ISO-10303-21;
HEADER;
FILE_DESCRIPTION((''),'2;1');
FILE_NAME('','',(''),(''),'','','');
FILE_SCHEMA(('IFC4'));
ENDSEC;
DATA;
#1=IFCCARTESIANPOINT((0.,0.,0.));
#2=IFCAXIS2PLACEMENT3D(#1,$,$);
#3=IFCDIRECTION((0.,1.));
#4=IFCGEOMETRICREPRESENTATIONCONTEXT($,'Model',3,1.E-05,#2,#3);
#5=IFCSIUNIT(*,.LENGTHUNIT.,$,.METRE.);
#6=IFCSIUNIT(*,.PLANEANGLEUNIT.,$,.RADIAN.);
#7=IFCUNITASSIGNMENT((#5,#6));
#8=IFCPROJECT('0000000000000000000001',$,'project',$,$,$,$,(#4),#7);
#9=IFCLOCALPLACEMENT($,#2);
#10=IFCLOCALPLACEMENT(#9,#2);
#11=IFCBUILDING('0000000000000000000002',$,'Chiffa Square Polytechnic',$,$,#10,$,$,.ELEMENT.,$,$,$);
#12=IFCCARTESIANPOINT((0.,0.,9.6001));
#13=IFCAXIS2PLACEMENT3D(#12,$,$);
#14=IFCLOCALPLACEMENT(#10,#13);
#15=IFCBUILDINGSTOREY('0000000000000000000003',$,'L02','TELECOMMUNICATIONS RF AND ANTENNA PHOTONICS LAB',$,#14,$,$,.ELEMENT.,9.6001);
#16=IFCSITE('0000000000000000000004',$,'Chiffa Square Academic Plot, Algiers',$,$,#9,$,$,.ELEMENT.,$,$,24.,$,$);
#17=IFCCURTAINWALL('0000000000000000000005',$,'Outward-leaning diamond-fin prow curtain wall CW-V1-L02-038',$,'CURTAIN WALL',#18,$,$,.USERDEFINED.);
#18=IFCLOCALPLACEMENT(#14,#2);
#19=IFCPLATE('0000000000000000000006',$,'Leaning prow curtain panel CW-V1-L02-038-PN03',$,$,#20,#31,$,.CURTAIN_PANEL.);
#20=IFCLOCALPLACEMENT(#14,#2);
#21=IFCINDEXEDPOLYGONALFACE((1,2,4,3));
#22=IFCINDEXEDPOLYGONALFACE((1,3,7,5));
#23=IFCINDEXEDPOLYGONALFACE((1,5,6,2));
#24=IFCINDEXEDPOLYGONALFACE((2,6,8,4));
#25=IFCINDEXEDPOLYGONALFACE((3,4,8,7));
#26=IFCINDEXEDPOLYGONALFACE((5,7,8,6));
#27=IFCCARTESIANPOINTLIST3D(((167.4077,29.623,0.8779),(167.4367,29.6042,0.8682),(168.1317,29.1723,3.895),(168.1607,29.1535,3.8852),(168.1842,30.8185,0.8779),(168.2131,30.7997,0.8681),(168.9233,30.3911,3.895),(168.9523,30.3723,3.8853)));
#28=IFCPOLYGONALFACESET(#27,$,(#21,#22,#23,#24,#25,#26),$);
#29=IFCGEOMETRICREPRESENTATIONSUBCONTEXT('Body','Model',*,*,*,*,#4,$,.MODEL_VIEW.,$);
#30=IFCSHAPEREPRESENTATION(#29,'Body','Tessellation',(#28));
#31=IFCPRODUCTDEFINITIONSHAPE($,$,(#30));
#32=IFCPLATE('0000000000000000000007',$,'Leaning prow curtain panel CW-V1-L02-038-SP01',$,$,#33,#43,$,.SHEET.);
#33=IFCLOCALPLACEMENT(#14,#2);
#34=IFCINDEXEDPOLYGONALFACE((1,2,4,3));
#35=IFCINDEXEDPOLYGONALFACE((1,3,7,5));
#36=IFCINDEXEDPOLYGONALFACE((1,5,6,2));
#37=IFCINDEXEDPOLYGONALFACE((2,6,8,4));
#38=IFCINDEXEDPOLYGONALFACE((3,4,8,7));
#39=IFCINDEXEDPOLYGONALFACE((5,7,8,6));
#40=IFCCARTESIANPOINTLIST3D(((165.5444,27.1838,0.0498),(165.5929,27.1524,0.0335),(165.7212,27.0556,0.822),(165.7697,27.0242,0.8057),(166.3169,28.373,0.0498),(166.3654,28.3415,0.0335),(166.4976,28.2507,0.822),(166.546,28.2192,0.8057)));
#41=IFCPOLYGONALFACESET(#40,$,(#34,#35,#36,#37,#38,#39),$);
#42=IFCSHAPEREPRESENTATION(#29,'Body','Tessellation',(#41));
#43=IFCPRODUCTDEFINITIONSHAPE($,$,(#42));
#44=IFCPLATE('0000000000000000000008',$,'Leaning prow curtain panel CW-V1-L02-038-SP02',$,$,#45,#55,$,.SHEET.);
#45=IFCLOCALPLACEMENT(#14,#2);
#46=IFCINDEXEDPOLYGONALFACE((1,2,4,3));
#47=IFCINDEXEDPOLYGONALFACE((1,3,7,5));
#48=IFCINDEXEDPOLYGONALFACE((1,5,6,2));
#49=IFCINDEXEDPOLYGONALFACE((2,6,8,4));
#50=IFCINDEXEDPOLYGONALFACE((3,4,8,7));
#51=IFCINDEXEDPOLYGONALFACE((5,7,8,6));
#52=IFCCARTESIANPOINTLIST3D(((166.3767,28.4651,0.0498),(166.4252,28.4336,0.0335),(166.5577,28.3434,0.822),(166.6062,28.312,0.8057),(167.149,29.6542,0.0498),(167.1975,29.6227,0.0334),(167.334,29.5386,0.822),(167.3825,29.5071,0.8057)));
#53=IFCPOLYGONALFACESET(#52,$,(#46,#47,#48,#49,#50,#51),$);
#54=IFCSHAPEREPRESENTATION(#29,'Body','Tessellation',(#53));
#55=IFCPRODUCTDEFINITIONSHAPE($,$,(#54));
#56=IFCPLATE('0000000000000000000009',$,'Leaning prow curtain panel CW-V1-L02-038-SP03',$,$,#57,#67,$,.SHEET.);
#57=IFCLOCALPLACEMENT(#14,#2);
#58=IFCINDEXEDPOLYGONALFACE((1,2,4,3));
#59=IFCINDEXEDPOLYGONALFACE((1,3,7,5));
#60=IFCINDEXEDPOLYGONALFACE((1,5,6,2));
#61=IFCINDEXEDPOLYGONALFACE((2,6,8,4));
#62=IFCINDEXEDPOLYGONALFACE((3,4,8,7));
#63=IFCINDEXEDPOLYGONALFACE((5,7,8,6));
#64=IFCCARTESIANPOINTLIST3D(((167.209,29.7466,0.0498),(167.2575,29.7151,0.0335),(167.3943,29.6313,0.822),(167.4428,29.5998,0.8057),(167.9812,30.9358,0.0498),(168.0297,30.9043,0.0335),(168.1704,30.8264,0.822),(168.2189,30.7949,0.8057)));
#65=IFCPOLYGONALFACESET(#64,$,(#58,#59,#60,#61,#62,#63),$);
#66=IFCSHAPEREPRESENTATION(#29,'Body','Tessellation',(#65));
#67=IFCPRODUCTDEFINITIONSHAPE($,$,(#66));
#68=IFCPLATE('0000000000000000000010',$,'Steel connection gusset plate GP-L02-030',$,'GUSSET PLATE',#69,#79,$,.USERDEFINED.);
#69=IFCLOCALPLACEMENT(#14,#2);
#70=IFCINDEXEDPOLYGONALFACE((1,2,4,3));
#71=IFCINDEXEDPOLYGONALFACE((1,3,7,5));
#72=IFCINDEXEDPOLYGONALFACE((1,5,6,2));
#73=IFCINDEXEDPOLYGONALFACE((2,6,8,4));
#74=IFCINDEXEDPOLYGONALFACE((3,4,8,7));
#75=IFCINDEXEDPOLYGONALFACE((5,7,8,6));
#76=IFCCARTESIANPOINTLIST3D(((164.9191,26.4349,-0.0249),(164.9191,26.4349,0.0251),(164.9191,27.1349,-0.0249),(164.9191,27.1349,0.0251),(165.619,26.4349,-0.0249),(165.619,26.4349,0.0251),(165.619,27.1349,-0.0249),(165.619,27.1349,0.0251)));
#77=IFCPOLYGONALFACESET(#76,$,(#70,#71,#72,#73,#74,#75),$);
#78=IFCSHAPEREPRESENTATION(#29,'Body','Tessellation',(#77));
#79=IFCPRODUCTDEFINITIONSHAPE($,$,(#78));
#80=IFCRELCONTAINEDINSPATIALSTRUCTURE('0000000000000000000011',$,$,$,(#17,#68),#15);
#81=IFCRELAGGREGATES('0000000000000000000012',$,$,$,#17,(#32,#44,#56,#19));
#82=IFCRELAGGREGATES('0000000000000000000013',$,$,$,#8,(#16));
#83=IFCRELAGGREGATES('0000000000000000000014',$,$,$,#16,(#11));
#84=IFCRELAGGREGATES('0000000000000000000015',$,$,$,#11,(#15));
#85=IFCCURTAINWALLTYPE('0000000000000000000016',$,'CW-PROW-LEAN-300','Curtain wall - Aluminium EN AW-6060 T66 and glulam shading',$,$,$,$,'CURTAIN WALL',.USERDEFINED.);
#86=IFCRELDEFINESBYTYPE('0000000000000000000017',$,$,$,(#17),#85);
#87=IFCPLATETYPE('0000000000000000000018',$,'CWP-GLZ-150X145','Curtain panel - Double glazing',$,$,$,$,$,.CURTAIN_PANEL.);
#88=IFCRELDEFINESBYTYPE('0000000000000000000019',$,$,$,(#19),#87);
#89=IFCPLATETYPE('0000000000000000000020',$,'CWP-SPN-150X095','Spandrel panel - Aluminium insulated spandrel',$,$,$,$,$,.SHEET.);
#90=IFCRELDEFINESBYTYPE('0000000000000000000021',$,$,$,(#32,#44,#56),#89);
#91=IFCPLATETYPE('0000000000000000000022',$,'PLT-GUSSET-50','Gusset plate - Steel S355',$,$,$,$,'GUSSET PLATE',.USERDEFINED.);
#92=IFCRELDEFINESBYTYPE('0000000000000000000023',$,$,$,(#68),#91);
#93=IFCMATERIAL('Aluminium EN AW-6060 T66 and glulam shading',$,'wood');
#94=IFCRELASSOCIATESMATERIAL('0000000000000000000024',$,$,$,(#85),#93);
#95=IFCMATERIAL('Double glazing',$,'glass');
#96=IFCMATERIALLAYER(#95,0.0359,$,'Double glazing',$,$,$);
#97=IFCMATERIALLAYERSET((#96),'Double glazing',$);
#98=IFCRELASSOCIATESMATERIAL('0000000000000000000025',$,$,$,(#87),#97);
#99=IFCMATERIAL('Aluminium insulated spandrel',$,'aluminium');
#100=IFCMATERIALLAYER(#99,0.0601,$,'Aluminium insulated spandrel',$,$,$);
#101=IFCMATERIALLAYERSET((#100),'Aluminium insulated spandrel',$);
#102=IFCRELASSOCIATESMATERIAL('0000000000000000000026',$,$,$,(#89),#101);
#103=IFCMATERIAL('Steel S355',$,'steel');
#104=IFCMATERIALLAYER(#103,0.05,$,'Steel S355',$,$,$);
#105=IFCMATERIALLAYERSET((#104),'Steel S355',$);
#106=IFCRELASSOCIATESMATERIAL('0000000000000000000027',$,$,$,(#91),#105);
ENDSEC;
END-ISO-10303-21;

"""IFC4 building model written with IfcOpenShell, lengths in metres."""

from ifc_helpers import new_model, si_unit, direction, frame, origin, origin_2d, place, context, subcontext, project, spatial, polyline, rectangle, outline, extrude, material, layer, layer_set, type_object, element, aggregate, save


model = new_model("IFC4")

# Units and contexts
model_context = context("Model", 3, precision=1e-05, world=origin(), true_north=direction((0.0, 1.0)))
body_context = subcontext(model_context, "Body", "Model", "MODEL_VIEW")
ifc_project = project(units=[si_unit("LENGTHUNIT", "METRE"), si_unit("PLANEANGLEUNIT", "RADIAN")], contexts=[model_context])

# Site, building, storey
site_placement = place(None, origin())
site = spatial("IfcSite", under=ifc_project, at=site_placement, Name="Chiffa Square Academic Plot, Algiers", CompositionType="ELEMENT", RefElevation=24.0)
building_placement = place(site_placement, origin())
building = spatial("IfcBuilding", under=site, at=building_placement, Name="Chiffa Square Polytechnic", CompositionType="ELEMENT")
storey_placement = place(building_placement, frame((0.0, 0.0, 9.6001)))
storey = spatial("IfcBuildingStorey", under=building, at=storey_placement, Name="L02", Description="TELECOMMUNICATIONS RF AND ANTENNA PHOTONICS LAB", CompositionType="ELEMENT", Elevation=9.6001)

# Shared definitions
ifc_material_1 = material(Name="Aluminium EN AW-6060 T66 and glulam shading", Category="wood")

# Curtain wall
curtain_wall_type_1 = type_object("IfcCurtainWallType", Name="CW-PROW-LEAN-300", Description="Curtain wall - Aluminium EN AW-6060 T66 and glulam shading", ElementType="CURTAIN WALL", PredefinedType="USERDEFINED", material=ifc_material_1)
curtain_wall_1_placement = place(storey_placement, origin())
curtain_wall_1 = element("IfcCurtainWall", 1, at=curtain_wall_1_placement, inside=storey, type_object=curtain_wall_type_1, Name="Outward-leaning diamond-fin prow curtain wall CW-V1-L02-038", ObjectType="CURTAIN WALL", PredefinedType="USERDEFINED")

# Shared definitions
ifc_material_2 = material(Name="Steel S355", Category="steel")

# Plates
ifc_material_3 = material(Name="Double glazing", Category="glass")
ifc_layer_1 = layer(ifc_material_3, 0.0359, Name="Double glazing")
ifc_layer_set_1 = layer_set([ifc_layer_1], Name="Double glazing")
plate_type_1 = type_object("IfcPlateType", Name="CWP-GLZ-150X145", Description="Curtain panel - Double glazing", PredefinedType="CURTAIN_PANEL", material=ifc_layer_set_1)
plate_1_placement = place(storey_placement, frame((167.4077, 29.623, 0.8779), z_axis=(-0.807021, 0.524168, 0.271966), x_axis=(0.544693, 0.838635, -0.000024)))
plate_1 = element("IfcPlate", 2, at=plate_1_placement, type_object=plate_type_1, Name="Leaning prow curtain panel CW-V1-L02-038-PN03", PredefinedType="CURTAIN_PANEL", context=body_context, shape_type="SweptSolid", body=[
    extrude(outline(polyline([(0.0, 0.0), (1.4255, 0.0), (1.4696, -3.1353), (0.0163, -3.1352), (0.0, 0.0)])), origin(), (0.0, 0.0, -1.0), 0.0359),
])
ifc_material_4 = material(Name="Aluminium insulated spandrel", Category="aluminium")
ifc_layer_2 = layer(ifc_material_4, 0.0601, Name="Aluminium insulated spandrel")
ifc_layer_set_2 = layer_set([ifc_layer_2], Name="Aluminium insulated spandrel")
plate_type_2 = type_object("IfcPlateType", Name="CWP-SPN-150X095", Description="Spandrel panel - Aluminium insulated spandrel", PredefinedType="SHEET", material=ifc_layer_set_2)
plate_2_placement = place(storey_placement, frame((165.5444, 27.1838, 0.0498), z_axis=(-0.807028, 0.524246, 0.271793), x_axis=(0.544751, 0.838598, -0.000008)))
plate_2 = element("IfcPlate", 3, at=plate_2_placement, type_object=plate_type_2, Name="Leaning prow curtain panel CW-V1-L02-038-SP01", PredefinedType="SHEET", context=body_context, shape_type="SweptSolid", body=[
    extrude(outline(polyline([(0.0, 0.0), (1.4181, 0.0), (1.4139, -0.8024), (-0.0112, -0.8024), (0.0, 0.0)])), origin(), (0.0, 0.0, -1.0), 0.0601),
])
plate_3_placement = place(storey_placement, frame((166.3767, 28.4651, 0.0498), z_axis=(-0.807068, 0.524189, 0.271784), x_axis=(0.544686, 0.83864, -0.000027)))
plate_3 = element("IfcPlate", 4, at=plate_3_placement, type_object=plate_type_2, Name="Leaning prow curtain panel CW-V1-L02-038-SP02", PredefinedType="SHEET", context=body_context, shape_type="SweptSolid", body=[
    extrude(outline(polyline([(0.0, 0.0), (1.4179, 0.0), (1.4217, -0.8025), (-0.0034, -0.8024), (0.0, 0.0)])), origin(), (0.0, 0.0, -1.0), 0.0601),
])
plate_4_placement = place(storey_placement, frame((167.209, 29.7466, 0.0498), z_axis=(-0.807071, 0.524109, 0.27193), x_axis=(0.54463, 0.838676, -0.000008)))
plate_4 = element("IfcPlate", 5, at=plate_4_placement, type_object=plate_type_2, Name="Leaning prow curtain panel CW-V1-L02-038-SP03", PredefinedType="SHEET", context=body_context, shape_type="SweptSolid", body=[
    extrude(outline(polyline([(0.0, 0.0), (1.4179, 0.0), (1.4292, -0.8025), (0.0043, -0.8024), (0.0, 0.0)])), origin(), (0.0, 0.0, -1.0), 0.0601),
])
aggregate(curtain_wall_1, [plate_2, plate_3, plate_4, plate_1])
ifc_layer_3 = layer(ifc_material_2, 0.05, Name="Steel S355")
ifc_layer_set_3 = layer_set([ifc_layer_3], Name="Steel S355")
plate_type_3 = type_object("IfcPlateType", Name="PLT-GUSSET-50", Description="Gusset plate - Steel S355", ElementType="GUSSET PLATE", PredefinedType="USERDEFINED", material=ifc_layer_set_3)
plate_5_placement = place(storey_placement, frame((165.269, 26.7849, -0.0249), z_axis=(0.0, 0.0, 1.0), x_axis=(1.0, 0.0, 0.0)))
element("IfcPlate", 6, at=plate_5_placement, inside=storey, type_object=plate_type_3, Name="Steel connection gusset plate GP-L02-030", ObjectType="GUSSET PLATE", PredefinedType="USERDEFINED", context=body_context, shape_type="SweptSolid", body=[
    extrude(rectangle(XDim=0.7, YDim=0.7, at=origin_2d()), origin(), (0.0, 0.0, 1.0), 0.05),
])

save(model, "model.ifc")
